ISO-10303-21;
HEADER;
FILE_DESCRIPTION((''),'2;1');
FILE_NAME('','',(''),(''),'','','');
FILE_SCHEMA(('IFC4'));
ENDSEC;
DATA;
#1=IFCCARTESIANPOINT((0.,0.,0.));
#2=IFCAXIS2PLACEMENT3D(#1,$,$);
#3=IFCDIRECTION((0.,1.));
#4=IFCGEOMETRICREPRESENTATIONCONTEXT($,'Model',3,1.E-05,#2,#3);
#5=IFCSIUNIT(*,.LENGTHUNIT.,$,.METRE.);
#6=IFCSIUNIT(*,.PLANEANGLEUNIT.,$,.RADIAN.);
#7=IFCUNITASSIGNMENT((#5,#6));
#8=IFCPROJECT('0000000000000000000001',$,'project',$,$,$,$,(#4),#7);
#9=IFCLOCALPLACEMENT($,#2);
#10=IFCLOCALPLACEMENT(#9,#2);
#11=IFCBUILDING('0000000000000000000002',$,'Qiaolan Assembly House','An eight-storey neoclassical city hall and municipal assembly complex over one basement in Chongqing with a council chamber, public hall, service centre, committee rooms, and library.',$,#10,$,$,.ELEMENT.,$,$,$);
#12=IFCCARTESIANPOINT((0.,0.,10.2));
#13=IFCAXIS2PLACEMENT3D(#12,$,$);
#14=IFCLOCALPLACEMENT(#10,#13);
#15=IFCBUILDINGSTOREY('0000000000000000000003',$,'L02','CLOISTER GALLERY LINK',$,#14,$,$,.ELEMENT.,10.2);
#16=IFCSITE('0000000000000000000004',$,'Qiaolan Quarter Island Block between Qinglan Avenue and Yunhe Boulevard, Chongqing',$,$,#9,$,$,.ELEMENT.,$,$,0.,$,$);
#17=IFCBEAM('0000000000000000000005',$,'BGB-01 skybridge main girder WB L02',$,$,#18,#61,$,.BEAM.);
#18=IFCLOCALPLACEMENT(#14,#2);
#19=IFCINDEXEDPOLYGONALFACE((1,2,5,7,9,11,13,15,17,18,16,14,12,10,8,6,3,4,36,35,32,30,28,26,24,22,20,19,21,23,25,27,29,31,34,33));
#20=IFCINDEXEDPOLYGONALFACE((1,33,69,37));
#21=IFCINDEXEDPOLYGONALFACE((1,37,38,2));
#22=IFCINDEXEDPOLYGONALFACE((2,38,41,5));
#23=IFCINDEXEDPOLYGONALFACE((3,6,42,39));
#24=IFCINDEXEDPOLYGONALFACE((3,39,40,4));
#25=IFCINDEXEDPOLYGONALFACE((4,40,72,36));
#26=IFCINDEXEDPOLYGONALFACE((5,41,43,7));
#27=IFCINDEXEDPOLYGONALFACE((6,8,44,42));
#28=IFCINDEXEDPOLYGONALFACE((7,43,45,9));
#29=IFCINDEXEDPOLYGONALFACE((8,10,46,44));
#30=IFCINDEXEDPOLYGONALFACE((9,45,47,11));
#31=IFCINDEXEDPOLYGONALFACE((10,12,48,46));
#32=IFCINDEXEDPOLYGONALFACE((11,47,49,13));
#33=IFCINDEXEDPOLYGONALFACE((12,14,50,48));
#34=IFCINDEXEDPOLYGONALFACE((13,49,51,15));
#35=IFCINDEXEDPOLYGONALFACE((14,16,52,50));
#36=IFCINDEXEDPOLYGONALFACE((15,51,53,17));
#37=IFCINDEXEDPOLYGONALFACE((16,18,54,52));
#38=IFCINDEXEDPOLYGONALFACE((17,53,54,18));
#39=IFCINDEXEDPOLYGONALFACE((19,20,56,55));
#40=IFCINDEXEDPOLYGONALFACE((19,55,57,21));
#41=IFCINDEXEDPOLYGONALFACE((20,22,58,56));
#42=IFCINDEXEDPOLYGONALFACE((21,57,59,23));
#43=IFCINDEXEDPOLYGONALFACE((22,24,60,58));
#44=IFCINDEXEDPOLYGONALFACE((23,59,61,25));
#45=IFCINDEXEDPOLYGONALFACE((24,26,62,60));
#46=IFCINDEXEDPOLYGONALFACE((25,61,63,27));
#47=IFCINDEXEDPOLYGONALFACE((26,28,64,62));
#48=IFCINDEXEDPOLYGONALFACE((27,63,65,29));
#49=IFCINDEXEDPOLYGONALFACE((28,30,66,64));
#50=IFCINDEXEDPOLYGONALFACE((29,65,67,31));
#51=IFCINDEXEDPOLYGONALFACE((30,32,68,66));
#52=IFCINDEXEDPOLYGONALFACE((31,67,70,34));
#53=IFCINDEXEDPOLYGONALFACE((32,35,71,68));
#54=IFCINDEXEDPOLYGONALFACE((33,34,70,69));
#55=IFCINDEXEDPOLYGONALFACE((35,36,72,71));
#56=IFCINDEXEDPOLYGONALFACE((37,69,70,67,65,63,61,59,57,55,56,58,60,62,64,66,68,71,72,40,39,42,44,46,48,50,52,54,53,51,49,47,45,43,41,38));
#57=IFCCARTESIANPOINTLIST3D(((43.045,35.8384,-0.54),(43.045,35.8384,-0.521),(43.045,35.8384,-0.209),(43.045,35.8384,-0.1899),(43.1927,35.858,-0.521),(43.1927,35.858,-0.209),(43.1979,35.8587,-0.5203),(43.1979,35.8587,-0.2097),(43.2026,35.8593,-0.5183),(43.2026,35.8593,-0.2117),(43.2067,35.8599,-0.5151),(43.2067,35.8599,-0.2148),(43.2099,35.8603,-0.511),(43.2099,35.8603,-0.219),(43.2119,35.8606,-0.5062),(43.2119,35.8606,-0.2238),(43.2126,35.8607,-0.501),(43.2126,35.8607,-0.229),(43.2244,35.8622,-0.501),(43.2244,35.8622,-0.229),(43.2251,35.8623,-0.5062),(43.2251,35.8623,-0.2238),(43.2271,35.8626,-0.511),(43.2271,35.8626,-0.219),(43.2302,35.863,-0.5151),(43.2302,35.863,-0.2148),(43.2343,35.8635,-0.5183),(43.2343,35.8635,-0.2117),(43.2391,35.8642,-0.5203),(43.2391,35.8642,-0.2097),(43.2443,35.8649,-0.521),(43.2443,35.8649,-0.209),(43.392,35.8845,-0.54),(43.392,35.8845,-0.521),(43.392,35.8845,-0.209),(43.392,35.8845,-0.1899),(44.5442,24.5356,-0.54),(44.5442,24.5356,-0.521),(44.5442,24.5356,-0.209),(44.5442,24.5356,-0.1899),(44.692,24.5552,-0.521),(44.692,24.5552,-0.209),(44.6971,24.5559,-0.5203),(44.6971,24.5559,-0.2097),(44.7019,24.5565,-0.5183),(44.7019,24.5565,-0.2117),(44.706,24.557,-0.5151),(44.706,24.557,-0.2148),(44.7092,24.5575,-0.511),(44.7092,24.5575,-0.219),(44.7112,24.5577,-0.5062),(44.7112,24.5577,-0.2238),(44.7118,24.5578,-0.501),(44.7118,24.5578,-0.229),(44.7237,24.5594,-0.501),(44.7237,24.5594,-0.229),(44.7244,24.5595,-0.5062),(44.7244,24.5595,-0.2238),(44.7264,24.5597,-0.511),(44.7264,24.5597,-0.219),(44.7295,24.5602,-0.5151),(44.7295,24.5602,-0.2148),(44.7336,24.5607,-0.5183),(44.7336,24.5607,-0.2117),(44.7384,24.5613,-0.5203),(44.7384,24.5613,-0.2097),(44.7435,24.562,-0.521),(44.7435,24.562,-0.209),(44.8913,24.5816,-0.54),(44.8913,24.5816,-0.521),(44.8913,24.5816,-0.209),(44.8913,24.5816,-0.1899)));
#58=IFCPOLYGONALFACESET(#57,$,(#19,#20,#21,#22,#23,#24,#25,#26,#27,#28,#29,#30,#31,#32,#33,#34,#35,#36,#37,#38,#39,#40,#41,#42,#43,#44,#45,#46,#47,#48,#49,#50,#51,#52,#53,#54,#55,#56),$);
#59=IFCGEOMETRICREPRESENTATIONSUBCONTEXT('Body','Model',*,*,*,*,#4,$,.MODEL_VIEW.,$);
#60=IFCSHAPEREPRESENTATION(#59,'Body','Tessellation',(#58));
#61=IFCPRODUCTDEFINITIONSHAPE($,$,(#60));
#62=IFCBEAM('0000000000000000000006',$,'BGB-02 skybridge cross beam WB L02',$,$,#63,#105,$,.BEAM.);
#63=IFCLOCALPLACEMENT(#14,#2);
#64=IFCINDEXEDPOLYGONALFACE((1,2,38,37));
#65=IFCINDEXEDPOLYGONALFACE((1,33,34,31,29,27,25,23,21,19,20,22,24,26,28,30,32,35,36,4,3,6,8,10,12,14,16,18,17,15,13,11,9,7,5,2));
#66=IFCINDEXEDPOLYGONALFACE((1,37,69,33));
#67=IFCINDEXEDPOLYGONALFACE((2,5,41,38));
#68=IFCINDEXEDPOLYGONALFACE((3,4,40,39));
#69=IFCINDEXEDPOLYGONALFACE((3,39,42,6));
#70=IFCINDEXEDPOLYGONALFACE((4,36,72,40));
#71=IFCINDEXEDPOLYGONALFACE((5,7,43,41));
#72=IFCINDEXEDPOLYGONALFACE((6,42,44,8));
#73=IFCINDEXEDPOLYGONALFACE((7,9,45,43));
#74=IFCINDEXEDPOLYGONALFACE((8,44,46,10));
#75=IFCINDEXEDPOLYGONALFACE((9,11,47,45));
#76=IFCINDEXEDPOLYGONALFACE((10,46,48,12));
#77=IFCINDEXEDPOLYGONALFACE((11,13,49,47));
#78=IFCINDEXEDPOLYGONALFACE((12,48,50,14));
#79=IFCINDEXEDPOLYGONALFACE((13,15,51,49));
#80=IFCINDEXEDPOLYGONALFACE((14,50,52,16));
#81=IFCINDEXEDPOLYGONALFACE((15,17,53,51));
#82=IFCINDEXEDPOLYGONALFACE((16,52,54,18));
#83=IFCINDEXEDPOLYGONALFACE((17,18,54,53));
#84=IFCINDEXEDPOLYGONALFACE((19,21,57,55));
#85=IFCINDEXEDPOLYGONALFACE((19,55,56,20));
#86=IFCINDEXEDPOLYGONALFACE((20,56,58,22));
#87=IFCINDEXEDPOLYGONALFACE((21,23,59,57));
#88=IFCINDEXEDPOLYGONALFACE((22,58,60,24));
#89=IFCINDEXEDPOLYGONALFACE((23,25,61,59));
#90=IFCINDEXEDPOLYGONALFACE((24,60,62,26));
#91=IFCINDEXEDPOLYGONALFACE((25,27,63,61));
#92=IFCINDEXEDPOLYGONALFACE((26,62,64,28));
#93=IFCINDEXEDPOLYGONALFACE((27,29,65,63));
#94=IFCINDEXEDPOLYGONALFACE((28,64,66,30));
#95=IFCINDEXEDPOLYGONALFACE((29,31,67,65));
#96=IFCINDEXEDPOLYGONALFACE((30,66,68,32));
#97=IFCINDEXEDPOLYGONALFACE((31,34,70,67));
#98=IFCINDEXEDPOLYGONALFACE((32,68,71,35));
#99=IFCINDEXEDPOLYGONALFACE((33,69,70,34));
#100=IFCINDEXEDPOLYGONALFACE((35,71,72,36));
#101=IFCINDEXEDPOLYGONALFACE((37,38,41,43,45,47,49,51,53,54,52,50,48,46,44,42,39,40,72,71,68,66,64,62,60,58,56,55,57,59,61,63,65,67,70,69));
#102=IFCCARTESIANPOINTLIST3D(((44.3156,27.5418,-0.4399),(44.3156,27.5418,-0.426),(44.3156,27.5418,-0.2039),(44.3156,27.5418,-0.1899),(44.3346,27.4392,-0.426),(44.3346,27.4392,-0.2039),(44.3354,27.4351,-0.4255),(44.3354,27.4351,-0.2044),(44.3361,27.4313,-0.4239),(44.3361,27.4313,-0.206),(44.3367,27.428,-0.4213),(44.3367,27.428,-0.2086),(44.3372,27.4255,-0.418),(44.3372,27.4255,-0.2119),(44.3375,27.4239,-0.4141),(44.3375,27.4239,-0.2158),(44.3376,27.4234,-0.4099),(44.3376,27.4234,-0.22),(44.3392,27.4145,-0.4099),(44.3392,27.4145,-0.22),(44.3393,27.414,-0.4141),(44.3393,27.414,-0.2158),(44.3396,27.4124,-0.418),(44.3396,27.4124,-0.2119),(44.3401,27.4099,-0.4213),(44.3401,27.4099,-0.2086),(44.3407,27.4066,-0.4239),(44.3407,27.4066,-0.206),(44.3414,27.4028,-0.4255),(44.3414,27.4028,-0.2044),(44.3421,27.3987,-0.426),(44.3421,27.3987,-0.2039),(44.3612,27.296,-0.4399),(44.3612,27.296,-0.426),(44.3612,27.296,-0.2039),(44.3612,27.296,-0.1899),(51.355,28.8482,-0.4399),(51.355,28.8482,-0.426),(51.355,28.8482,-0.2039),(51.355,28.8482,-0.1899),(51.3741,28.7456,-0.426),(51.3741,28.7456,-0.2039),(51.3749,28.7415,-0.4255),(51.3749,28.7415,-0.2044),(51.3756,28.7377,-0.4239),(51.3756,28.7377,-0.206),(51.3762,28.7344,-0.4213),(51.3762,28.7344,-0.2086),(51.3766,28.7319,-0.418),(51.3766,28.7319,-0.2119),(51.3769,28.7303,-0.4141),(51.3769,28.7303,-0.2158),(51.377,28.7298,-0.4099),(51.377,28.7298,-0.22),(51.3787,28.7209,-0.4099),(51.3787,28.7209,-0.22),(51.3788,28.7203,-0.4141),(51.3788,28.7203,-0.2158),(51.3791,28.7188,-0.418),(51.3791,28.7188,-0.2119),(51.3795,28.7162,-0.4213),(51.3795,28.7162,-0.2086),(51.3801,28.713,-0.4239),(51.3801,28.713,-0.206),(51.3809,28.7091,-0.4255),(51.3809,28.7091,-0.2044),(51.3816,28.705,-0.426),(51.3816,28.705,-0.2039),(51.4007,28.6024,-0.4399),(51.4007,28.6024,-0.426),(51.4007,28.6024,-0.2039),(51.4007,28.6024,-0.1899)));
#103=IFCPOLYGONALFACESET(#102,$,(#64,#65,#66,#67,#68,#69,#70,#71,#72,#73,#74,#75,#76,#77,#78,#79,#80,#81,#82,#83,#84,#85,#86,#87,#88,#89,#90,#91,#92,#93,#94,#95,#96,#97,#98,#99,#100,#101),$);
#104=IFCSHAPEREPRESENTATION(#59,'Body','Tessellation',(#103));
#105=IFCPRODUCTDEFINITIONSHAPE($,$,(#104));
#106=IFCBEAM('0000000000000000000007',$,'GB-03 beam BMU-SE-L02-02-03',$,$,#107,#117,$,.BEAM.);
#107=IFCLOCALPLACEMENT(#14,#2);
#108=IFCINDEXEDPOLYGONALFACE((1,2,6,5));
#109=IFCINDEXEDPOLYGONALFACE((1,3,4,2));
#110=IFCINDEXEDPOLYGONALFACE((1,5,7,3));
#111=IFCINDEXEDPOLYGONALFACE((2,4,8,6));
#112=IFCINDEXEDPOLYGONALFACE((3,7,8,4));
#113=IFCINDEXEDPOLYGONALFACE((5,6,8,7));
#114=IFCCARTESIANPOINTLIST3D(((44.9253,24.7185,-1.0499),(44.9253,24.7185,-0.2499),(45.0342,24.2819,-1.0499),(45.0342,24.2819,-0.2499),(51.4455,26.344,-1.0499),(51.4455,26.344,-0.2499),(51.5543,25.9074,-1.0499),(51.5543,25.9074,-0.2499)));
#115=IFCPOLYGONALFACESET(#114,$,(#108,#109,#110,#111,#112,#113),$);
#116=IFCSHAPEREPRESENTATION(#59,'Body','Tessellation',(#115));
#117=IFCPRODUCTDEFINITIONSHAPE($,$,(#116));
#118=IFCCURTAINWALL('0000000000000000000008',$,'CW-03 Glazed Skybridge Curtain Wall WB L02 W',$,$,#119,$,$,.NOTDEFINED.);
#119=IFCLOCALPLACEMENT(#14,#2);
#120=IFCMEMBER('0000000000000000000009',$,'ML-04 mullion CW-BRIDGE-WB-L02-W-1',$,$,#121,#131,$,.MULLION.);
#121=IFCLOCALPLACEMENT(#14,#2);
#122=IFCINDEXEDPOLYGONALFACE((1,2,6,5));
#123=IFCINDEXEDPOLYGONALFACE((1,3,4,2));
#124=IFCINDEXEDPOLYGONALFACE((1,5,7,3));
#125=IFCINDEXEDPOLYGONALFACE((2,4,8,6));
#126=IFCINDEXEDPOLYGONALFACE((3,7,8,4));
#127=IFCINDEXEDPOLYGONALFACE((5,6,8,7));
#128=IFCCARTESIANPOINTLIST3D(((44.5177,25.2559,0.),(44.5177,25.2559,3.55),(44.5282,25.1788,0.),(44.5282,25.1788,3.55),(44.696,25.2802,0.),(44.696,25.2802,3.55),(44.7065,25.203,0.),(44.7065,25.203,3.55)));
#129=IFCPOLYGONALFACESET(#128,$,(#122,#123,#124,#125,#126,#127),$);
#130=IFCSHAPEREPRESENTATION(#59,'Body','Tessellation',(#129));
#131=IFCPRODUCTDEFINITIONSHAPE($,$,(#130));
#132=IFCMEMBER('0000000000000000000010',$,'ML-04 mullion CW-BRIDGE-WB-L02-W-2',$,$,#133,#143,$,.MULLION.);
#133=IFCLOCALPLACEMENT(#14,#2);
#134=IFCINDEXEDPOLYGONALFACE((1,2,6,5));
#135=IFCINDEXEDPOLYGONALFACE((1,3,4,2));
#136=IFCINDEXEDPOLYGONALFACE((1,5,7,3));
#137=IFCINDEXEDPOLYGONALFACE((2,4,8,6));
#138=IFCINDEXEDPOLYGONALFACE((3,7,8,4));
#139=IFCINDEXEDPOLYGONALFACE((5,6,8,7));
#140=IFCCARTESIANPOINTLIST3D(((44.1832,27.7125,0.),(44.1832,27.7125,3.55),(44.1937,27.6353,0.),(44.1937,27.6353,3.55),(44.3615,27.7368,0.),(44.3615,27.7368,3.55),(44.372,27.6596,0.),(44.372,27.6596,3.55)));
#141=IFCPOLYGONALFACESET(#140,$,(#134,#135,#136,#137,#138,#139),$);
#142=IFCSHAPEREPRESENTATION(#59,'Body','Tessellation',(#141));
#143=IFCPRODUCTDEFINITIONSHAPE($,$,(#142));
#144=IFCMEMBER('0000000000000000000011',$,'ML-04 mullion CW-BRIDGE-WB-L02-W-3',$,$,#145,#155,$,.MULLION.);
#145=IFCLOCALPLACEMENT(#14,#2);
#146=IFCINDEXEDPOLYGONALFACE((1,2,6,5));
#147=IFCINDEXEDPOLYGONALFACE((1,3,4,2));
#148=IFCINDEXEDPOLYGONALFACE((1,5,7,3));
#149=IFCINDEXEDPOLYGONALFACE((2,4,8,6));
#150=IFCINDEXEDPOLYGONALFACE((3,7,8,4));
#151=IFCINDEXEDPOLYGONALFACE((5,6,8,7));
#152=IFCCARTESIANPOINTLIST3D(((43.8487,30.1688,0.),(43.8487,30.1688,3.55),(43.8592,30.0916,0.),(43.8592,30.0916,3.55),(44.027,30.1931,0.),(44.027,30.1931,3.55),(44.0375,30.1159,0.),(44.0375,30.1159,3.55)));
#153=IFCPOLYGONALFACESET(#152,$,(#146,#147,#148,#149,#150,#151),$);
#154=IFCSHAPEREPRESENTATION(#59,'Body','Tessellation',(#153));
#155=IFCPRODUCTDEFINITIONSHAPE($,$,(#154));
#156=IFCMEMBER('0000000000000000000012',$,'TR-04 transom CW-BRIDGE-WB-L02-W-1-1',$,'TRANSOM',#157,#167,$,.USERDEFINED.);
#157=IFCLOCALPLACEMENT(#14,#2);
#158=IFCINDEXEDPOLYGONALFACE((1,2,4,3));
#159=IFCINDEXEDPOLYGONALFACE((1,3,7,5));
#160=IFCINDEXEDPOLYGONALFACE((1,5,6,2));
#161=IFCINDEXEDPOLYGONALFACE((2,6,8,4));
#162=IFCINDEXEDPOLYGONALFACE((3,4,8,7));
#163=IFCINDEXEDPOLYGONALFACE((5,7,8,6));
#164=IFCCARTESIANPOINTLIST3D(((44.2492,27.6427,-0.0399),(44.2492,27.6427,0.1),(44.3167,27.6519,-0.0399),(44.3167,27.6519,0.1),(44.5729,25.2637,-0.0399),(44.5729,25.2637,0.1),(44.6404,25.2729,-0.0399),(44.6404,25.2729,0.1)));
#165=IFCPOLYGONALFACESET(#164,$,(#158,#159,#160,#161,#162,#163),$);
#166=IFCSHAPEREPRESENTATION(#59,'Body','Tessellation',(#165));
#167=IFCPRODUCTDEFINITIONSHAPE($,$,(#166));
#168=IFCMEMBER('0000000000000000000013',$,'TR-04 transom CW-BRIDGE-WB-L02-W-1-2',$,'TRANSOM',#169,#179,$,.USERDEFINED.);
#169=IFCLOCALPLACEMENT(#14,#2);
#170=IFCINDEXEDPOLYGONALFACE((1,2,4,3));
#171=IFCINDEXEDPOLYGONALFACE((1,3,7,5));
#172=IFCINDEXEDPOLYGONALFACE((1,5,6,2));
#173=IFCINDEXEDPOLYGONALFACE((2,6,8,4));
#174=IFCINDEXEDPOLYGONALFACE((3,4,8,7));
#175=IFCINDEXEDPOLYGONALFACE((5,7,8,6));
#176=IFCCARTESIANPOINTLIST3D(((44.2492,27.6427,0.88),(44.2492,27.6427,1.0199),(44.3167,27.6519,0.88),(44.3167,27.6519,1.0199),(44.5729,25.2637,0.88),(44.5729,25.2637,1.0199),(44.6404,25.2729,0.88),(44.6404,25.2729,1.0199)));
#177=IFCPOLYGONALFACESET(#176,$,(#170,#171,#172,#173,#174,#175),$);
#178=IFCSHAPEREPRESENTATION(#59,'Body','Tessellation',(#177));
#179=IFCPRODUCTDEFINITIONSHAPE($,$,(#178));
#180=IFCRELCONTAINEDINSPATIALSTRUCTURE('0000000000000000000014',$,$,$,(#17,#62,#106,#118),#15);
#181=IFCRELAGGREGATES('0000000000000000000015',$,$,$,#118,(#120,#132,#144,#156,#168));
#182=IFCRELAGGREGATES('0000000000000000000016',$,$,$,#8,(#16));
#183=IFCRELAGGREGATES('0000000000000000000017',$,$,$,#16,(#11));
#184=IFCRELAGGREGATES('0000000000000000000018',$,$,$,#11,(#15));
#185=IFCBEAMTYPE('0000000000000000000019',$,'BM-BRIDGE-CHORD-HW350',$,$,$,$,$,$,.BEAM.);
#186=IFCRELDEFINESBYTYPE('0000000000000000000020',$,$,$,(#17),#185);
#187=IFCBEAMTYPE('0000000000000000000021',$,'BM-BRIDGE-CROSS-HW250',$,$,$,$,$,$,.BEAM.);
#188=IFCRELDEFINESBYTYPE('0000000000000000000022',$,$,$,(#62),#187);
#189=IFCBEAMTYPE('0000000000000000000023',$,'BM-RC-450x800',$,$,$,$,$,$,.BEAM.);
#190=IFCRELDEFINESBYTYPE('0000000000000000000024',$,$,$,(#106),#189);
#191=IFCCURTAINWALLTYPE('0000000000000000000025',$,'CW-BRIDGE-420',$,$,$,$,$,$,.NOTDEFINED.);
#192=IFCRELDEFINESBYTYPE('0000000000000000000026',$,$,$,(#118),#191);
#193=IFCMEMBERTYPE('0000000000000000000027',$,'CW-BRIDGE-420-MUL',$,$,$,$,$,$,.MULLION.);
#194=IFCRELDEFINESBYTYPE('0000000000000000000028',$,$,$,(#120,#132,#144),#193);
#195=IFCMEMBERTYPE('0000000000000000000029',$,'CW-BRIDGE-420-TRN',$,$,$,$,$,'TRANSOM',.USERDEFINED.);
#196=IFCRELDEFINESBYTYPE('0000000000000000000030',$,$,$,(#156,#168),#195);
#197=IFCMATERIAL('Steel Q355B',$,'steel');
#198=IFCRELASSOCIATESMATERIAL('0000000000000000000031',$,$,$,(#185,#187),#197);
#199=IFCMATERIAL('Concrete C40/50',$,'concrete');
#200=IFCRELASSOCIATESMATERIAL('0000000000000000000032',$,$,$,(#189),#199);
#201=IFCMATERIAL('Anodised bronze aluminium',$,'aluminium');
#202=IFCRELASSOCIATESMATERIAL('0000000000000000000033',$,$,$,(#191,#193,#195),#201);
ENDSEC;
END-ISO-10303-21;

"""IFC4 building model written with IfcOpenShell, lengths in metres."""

from ifc_helpers import new_model, si_unit, direction, frame, origin, origin_2d, place, context, subcontext, project, spatial, rectangle, i_section, extrude, material, material_profile, profile_set, type_object, element, aggregate, save


model = new_model("IFC4")

# Units and contexts
model_context = context("Model", 3, precision=1e-05, world=origin(), true_north=direction((0.0, 1.0)))
body_context = subcontext(model_context, "Body", "Model", "MODEL_VIEW")
ifc_project = project(units=[si_unit("LENGTHUNIT", "METRE"), si_unit("PLANEANGLEUNIT", "RADIAN")], contexts=[model_context])

# Site, building, storey
site_placement = place(None, origin())
site = spatial("IfcSite", under=ifc_project, at=site_placement, Name="Qiaolan Quarter Island Block between Qinglan Avenue and Yunhe Boulevard, Chongqing", CompositionType="ELEMENT", RefElevation=0.0)
building_placement = place(site_placement, origin())
building = spatial("IfcBuilding", under=site, at=building_placement, Name="Qiaolan Assembly House", Description="An eight-storey neoclassical city hall and municipal assembly complex over one basement in Chongqing with a council chamber, public hall, service centre, committee rooms, and library.", CompositionType="ELEMENT")
storey_placement = place(building_placement, frame((0.0, 0.0, 10.2)))
storey = spatial("IfcBuildingStorey", under=building, at=storey_placement, Name="L02", Description="CLOISTER GALLERY LINK", CompositionType="ELEMENT", Elevation=10.2)

# Beams
ifc_material_1 = material(Name="Steel Q355B", Category="steel")
ifc_material_profile_1 = material_profile(ifc_material_1, i_section(OverallWidth=0.3501, OverallDepth=0.3501, WebThickness=0.012, FlangeThickness=0.019, FilletRadius=0.02, at=origin_2d()), Name="HW 350x350x12x19-BR")
ifc_profile_set_1 = profile_set([ifc_material_profile_1], Name="Steel Q355B")
beam_type_1 = type_object("IfcBeamType", Name="BM-BRIDGE-CHORD-HW350", PredefinedType="BEAM", material=ifc_profile_set_1)
beam_1_placement = place(storey_placement, frame((44.7178, 24.5586, -0.365), z_axis=(-0.131495, 0.991317, 0.0), x_axis=(-0.991317, -0.131495, 0.0)))
element("IfcBeam", 1, at=beam_1_placement, inside=storey, type_object=beam_type_1, Name="BGB-01 skybridge main girder WB L02", PredefinedType="BEAM", context=body_context, shape_type="SweptSolid", body=[
    extrude(i_section(OverallWidth=0.3501, OverallDepth=0.3501, WebThickness=0.012, FlangeThickness=0.019, FilletRadius=0.02, at=origin_2d()), origin(), (0.0, 0.0, 1.0), 11.4019),
])
ifc_material_profile_2 = material_profile(ifc_material_1, i_section(OverallWidth=0.25, OverallDepth=0.25, WebThickness=0.009, FlangeThickness=0.0139, FilletRadius=0.0161, at=origin_2d()), Name="HW 250x250x9x14")
ifc_profile_set_2 = profile_set([ifc_material_profile_2], Name="Steel Q355B")
beam_type_2 = type_object("IfcBeamType", Name="BM-BRIDGE-CROSS-HW250", PredefinedType="BEAM", material=ifc_profile_set_2)
beam_2_placement = place(storey_placement, frame((44.3384, 27.4189, -0.3149), z_axis=(0.983213, 0.182464, 0.0), x_axis=(-0.182464, 0.983213, 0.0)))
element("IfcBeam", 2, at=beam_2_placement, inside=storey, type_object=beam_type_2, Name="BGB-02 skybridge cross beam WB L02", PredefinedType="BEAM", context=body_context, shape_type="SweptSolid", body=[
    extrude(i_section(OverallWidth=0.25, OverallDepth=0.25, WebThickness=0.009, FlangeThickness=0.0139, FilletRadius=0.0161, at=origin_2d()), origin(), (0.0, 0.0, 1.0), 7.1597),
])
ifc_material_2 = material(Name="Concrete C40/50", Category="concrete")
ifc_material_profile_3 = material_profile(ifc_material_2, rectangle(XDim=0.45, YDim=0.8, at=origin_2d()), Name="RCB 450x800")
ifc_profile_set_3 = profile_set([ifc_material_profile_3], Name="Concrete C40/50")
beam_type_3 = type_object("IfcBeamType", Name="BM-RC-450x800", PredefinedType="BEAM", material=ifc_profile_set_3)
beam_3_placement = place(storey_placement, frame((44.9797, 24.5002, -0.6499), z_axis=(0.970303, 0.241894, 0.0), x_axis=(-0.241894, 0.970303, 0.0)))
element("IfcBeam", 3, at=beam_3_placement, inside=storey, type_object=beam_type_3, Name="GB-03 beam BMU-SE-L02-02-03", PredefinedType="BEAM", context=body_context, shape_type="SweptSolid", body=[
    extrude(rectangle(XDim=0.45, YDim=0.8, at=origin_2d()), origin(), (0.0, 0.0, 1.0), 6.7197),
])

# Curtain wall, members
ifc_material_3 = material(Name="Anodised bronze aluminium", Category="aluminium")
curtain_wall_type = type_object("IfcCurtainWallType", Name="CW-BRIDGE-420", PredefinedType="NOTDEFINED", material=ifc_material_3)
curtain_wall_placement = place(storey_placement, origin())
curtain_wall = element("IfcCurtainWall", 4, at=curtain_wall_placement, inside=storey, type_object=curtain_wall_type, Name="CW-03 Glazed Skybridge Curtain Wall WB L02 W", PredefinedType="NOTDEFINED")
ifc_material_profile_4 = material_profile(ifc_material_3, rectangle(XDim=0.0779, YDim=0.1799, at=origin_2d()), Name="MUL 78x180")
ifc_profile_set_4 = profile_set([ifc_material_profile_4], Name="Anodised bronze aluminium")
member_type_1 = type_object("IfcMemberType", Name="CW-BRIDGE-420-MUL", PredefinedType="MULLION", material=ifc_profile_set_4)
member_1_placement = place(storey_placement, frame((44.6121, 25.2295, 0.0), z_axis=(0.0, 0.0, 1.0), x_axis=(-0.134918, 0.990857, 0.0)))
member_1 = element("IfcMember", 5, at=member_1_placement, type_object=member_type_1, Name="ML-04 mullion CW-BRIDGE-WB-L02-W-1", PredefinedType="MULLION", context=body_context, shape_type="SweptSolid", body=[
    extrude(rectangle(XDim=0.0779, YDim=0.1799, at=origin_2d()), origin(), (0.0, 0.0, 1.0), 3.55),
])
member_2_placement = place(storey_placement, frame((44.2776, 27.686, 0.0), z_axis=(0.0, 0.0, 1.0), x_axis=(-0.134918, 0.990857, 0.0)))
member_2 = element("IfcMember", 6, at=member_2_placement, type_object=member_type_1, Name="ML-04 mullion CW-BRIDGE-WB-L02-W-2", PredefinedType="MULLION", context=body_context, shape_type="SweptSolid", body=[
    extrude(rectangle(XDim=0.0779, YDim=0.1799, at=origin_2d()), origin(), (0.0, 0.0, 1.0), 3.55),
])
member_3_placement = place(storey_placement, frame((43.9431, 30.1423, 0.0), z_axis=(0.0, 0.0, 1.0), x_axis=(-0.134918, 0.990857, 0.0)))
member_3 = element("IfcMember", 7, at=member_3_placement, type_object=member_type_1, Name="ML-04 mullion CW-BRIDGE-WB-L02-W-3", PredefinedType="MULLION", context=body_context, shape_type="SweptSolid", body=[
    extrude(rectangle(XDim=0.0779, YDim=0.1799, at=origin_2d()), origin(), (0.0, 0.0, 1.0), 3.55),
])
ifc_material_profile_5 = material_profile(ifc_material_3, rectangle(XDim=0.0681, YDim=0.1399, at=origin_2d()), Name="TRN 68x140")
ifc_profile_set_5 = profile_set([ifc_material_profile_5], Name="Anodised bronze aluminium")
member_type_2 = type_object("IfcMemberType", Name="CW-BRIDGE-420-TRN", ElementType="TRANSOM", PredefinedType="USERDEFINED", material=ifc_profile_set_5)
member_4_placement = place(storey_placement, frame((44.6067, 25.2683, 0.03), z_axis=(-0.134841, 0.990867, 0.0), x_axis=(-0.990867, -0.134841, 0.0)))
member_4 = element("IfcMember", 8, at=member_4_placement, type_object=member_type_2, Name="TR-04 transom CW-BRIDGE-WB-L02-W-1-1", ObjectType="TRANSOM", PredefinedType="USERDEFINED", context=body_context, shape_type="SweptSolid", body=[
    extrude(rectangle(XDim=0.0681, YDim=0.1399, at=origin_2d()), origin(), (0.0, 0.0, 1.0), 2.4009),
])
member_5_placement = place(storey_placement, frame((44.6067, 25.2683, 0.95), z_axis=(-0.134841, 0.990867, 0.0), x_axis=(-0.990867, -0.134841, 0.0)))
member_5 = element("IfcMember", 9, at=member_5_placement, type_object=member_type_2, Name="TR-04 transom CW-BRIDGE-WB-L02-W-1-2", ObjectType="TRANSOM", PredefinedType="USERDEFINED", context=body_context, shape_type="SweptSolid", body=[
    extrude(rectangle(XDim=0.0681, YDim=0.1399, at=origin_2d()), origin(), (0.0, 0.0, 1.0), 2.4009),
])
aggregate(curtain_wall, [member_1, member_2, member_3, member_4, member_5])

save(model, "model.ifc")
